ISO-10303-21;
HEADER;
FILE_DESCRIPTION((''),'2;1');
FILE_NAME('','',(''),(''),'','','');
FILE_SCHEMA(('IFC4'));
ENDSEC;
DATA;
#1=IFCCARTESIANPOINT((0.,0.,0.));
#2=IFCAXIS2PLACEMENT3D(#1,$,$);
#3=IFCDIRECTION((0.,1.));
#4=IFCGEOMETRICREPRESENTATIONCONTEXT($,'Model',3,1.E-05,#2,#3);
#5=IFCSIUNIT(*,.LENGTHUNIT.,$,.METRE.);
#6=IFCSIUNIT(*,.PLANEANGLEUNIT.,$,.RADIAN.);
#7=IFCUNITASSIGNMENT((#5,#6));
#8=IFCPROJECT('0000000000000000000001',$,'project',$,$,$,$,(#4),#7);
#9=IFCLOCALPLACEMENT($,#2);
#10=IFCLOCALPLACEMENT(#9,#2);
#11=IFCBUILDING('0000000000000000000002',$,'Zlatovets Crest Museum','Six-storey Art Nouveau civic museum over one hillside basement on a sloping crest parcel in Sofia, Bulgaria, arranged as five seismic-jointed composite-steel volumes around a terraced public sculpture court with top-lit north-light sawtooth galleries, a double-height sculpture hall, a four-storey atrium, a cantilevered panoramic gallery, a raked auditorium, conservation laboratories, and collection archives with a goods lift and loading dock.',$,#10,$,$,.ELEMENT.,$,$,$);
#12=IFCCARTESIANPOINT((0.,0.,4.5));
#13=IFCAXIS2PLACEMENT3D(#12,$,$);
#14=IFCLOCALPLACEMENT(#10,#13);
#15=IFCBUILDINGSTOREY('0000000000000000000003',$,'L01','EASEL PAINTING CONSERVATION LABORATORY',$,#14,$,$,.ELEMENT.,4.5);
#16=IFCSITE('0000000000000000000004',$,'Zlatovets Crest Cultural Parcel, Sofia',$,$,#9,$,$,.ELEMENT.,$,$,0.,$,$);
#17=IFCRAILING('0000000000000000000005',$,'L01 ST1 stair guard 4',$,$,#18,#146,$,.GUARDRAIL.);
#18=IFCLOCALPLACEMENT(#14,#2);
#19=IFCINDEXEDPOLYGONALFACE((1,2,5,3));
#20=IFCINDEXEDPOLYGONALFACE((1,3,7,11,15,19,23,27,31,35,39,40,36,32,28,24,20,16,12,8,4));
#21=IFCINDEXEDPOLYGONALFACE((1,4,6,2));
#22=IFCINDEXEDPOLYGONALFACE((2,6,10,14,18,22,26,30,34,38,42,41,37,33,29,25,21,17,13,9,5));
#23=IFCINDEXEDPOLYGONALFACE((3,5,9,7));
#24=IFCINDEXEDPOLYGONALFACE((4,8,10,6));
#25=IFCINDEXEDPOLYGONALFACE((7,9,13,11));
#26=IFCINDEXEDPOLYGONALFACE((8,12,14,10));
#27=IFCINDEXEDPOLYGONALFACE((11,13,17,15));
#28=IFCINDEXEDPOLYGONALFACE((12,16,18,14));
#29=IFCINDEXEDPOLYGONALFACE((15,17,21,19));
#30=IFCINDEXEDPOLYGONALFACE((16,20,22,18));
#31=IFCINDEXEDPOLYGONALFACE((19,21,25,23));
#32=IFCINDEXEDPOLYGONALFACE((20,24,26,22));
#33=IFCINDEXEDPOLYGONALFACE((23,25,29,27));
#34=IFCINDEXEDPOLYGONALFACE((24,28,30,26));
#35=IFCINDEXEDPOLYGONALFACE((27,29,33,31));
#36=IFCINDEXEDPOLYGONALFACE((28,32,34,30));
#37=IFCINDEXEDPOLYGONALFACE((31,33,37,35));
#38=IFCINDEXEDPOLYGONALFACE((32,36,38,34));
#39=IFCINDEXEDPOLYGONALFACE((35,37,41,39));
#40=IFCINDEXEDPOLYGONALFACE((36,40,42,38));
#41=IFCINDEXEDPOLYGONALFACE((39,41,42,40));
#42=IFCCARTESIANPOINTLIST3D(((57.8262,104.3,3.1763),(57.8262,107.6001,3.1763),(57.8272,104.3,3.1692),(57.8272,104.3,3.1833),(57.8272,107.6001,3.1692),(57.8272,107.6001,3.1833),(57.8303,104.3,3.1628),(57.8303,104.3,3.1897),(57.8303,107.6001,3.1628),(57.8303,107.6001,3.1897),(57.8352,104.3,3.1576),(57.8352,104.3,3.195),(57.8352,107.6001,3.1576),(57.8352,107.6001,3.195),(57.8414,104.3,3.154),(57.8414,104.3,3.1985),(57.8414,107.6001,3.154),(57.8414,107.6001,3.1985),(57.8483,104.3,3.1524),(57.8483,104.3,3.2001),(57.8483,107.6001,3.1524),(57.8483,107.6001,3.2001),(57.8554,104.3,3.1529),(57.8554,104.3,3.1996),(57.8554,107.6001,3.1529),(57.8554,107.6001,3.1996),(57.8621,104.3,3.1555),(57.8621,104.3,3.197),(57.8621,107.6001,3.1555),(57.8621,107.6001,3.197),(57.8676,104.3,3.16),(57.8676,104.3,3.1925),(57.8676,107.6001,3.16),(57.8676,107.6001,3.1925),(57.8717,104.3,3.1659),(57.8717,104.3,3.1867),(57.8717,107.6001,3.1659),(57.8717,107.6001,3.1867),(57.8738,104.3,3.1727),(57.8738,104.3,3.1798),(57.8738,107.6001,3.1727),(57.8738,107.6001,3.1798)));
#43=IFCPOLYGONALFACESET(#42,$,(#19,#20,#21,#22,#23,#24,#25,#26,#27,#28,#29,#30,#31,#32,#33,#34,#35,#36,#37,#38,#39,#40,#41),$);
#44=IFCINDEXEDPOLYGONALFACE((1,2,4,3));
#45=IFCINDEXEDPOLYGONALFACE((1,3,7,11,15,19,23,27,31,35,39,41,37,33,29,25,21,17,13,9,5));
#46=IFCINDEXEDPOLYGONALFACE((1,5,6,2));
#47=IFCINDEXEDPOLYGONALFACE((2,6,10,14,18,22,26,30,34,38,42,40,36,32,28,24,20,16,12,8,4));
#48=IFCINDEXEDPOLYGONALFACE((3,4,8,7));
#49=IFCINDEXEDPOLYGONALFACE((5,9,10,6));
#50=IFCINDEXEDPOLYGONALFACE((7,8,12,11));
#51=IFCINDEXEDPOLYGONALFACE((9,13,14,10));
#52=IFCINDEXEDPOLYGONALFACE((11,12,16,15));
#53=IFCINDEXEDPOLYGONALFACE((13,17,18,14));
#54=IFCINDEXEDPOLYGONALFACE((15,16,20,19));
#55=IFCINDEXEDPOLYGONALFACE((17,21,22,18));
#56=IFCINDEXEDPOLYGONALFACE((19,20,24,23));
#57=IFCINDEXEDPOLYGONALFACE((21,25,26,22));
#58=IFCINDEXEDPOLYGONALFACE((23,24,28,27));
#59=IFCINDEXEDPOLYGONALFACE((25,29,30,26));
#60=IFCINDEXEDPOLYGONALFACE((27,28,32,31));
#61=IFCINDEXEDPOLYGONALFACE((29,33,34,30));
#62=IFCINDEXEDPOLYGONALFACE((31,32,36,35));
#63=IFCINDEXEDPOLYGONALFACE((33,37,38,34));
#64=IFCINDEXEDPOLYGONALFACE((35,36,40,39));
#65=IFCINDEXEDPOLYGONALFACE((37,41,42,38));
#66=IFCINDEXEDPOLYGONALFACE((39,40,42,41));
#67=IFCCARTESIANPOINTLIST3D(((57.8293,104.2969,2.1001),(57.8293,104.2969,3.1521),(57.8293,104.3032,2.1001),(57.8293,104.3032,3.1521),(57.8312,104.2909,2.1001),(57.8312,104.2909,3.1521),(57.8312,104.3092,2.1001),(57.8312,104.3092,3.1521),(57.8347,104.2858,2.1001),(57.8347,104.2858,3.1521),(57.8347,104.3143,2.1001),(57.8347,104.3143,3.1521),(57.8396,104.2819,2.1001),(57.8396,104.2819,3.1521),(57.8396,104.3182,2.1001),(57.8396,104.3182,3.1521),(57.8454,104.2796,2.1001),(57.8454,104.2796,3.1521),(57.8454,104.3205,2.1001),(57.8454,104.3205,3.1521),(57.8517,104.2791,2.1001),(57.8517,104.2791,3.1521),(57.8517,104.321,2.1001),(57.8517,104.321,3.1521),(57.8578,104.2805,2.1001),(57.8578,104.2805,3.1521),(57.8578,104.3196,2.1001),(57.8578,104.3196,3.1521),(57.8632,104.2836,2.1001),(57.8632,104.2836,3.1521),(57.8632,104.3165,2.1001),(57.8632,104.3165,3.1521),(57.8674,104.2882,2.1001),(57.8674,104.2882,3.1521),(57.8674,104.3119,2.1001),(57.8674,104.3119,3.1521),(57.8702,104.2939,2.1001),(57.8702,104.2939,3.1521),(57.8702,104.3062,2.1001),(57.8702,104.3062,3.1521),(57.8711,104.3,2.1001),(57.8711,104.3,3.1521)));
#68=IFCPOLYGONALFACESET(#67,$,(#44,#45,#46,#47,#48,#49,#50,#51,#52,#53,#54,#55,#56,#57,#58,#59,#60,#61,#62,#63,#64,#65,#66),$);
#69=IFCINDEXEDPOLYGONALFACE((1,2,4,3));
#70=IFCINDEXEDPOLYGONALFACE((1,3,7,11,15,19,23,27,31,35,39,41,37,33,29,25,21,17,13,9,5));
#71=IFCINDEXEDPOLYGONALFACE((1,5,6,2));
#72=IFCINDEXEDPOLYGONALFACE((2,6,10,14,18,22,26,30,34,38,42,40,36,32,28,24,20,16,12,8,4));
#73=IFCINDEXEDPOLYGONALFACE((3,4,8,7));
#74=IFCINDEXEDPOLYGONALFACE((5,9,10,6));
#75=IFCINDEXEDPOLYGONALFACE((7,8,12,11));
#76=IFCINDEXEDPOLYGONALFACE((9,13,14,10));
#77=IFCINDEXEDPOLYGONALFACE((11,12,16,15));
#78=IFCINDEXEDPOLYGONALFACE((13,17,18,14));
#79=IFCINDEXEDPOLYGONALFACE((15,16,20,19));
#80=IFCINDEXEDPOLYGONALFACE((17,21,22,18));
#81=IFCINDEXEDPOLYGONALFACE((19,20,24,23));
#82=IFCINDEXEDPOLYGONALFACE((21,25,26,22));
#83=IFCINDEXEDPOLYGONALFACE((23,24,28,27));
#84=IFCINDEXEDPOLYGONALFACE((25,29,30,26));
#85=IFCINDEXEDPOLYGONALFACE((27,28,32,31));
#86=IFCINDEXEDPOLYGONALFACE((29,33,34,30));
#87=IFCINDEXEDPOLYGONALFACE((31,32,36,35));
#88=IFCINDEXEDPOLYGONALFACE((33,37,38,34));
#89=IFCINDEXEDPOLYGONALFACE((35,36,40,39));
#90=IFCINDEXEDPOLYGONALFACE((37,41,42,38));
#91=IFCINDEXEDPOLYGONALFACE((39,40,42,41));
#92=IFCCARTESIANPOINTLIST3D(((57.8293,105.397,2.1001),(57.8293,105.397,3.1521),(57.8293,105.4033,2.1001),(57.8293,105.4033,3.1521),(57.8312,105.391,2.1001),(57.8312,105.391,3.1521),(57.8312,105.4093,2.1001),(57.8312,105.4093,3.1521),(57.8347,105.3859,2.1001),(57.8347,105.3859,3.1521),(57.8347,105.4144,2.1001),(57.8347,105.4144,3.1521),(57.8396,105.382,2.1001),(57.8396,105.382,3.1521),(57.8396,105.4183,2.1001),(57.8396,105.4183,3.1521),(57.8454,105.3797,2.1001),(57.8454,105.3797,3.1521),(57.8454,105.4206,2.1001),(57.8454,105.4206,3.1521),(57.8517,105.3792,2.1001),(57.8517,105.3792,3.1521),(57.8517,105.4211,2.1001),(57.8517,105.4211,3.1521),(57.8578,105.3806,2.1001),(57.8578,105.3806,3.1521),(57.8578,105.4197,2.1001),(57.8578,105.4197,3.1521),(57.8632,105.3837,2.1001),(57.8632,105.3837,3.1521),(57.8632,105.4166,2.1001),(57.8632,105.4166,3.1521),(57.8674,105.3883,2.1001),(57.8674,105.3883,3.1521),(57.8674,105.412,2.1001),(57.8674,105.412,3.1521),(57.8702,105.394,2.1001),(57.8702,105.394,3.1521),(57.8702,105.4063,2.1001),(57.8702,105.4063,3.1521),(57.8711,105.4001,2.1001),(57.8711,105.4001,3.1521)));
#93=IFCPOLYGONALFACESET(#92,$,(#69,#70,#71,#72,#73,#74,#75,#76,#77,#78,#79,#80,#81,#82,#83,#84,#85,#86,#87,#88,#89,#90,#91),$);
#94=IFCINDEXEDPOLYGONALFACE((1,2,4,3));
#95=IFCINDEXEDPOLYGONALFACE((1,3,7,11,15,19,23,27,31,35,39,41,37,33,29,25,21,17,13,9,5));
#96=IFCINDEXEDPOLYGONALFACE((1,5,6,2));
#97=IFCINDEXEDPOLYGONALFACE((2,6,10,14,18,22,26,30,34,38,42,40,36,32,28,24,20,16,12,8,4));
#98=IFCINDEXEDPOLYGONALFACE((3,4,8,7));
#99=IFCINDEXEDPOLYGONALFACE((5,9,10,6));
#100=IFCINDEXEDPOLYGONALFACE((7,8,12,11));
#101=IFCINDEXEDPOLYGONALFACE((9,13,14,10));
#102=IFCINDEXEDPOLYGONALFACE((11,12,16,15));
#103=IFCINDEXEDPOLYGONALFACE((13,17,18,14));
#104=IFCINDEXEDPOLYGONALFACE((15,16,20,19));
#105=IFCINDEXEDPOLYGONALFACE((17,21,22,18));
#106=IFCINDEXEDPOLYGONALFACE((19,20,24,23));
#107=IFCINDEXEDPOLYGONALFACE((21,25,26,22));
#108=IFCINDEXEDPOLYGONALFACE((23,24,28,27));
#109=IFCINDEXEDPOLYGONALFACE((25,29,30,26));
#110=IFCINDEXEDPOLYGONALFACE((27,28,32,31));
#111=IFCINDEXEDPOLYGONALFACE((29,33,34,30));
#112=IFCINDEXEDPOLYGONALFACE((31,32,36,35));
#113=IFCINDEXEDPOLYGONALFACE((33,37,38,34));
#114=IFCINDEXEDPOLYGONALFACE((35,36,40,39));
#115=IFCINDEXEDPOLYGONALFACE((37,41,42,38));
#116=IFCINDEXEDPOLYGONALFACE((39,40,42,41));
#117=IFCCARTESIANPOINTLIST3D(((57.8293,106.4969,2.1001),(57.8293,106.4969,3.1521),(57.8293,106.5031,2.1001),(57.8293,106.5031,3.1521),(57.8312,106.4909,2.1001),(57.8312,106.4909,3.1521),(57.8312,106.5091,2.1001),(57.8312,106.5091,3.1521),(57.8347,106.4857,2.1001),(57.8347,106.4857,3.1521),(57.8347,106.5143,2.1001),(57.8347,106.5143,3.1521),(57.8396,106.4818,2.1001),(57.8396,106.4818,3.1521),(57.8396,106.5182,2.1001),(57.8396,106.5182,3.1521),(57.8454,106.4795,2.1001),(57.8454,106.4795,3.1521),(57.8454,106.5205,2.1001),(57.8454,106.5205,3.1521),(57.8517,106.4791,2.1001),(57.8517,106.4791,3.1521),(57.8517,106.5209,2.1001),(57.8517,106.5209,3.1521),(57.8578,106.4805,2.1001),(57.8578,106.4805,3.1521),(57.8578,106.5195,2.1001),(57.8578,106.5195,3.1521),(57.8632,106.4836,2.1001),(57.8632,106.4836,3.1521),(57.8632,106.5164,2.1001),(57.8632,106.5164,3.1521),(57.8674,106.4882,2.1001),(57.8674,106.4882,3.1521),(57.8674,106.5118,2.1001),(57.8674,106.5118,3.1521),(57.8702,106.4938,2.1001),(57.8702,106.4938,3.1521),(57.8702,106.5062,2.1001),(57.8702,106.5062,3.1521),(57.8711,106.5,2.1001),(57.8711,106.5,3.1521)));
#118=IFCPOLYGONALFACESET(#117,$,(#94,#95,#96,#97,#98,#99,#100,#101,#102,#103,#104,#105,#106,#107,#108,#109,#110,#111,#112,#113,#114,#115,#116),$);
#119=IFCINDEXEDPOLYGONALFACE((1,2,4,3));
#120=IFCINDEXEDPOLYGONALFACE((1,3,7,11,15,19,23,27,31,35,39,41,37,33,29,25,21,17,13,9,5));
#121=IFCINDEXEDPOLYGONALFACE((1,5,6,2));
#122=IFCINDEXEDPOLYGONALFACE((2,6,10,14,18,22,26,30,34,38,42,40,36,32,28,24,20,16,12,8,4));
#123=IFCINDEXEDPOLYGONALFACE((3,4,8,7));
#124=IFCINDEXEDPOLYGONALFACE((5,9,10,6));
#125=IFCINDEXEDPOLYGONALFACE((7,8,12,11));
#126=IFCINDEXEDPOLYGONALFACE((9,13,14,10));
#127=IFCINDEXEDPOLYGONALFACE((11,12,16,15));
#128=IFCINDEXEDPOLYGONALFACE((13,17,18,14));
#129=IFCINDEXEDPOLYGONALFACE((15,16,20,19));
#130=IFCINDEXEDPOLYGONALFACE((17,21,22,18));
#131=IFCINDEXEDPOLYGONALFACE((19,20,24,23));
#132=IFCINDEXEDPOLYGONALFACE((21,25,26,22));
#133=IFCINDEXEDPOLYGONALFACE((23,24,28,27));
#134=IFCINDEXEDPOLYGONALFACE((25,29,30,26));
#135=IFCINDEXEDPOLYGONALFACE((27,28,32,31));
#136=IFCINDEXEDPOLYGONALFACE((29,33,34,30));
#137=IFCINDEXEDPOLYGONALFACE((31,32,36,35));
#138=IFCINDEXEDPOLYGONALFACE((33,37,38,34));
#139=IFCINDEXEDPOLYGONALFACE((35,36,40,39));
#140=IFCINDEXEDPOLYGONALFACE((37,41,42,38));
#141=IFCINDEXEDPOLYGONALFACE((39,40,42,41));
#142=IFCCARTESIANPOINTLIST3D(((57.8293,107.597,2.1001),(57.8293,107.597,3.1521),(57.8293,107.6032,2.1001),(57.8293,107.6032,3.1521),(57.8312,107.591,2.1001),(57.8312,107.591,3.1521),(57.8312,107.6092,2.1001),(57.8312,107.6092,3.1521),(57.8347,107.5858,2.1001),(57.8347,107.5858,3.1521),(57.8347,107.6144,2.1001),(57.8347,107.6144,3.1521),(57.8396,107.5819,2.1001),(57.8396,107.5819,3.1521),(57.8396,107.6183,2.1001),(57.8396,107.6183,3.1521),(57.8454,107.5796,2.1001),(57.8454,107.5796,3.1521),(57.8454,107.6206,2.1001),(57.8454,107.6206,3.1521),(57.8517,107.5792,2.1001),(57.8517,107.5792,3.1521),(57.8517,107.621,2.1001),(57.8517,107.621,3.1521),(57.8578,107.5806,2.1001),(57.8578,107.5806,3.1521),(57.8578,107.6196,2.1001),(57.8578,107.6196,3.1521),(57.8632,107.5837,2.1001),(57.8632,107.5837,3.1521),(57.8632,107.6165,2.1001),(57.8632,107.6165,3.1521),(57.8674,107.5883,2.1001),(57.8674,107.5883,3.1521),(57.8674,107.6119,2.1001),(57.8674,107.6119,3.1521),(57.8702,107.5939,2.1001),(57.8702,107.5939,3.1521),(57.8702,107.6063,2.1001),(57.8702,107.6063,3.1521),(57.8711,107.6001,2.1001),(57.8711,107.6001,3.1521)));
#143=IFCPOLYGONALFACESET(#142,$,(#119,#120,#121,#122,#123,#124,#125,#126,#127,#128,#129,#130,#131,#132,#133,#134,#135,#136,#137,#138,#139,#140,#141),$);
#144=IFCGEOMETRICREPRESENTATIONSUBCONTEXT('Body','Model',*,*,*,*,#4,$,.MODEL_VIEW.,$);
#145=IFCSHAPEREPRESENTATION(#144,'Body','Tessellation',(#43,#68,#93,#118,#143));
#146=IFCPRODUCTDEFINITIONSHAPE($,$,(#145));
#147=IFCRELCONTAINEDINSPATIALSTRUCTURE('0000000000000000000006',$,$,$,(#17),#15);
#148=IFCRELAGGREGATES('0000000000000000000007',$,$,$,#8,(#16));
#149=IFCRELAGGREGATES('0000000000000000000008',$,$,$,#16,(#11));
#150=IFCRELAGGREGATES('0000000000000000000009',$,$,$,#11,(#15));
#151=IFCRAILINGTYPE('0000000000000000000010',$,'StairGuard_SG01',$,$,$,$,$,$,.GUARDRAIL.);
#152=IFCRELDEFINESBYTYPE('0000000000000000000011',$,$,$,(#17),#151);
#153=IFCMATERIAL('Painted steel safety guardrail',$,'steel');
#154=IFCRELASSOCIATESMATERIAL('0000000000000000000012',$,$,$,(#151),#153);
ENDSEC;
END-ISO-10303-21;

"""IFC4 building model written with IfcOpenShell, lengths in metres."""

from ifc_helpers import new_model, si_unit, direction, frame, origin, origin_2d, place, context, subcontext, project, spatial, circle, extrude, material, type_object, element, save


model = new_model("IFC4")

# Units and contexts
model_context = context("Model", 3, precision=1e-05, world=origin(), true_north=direction((0.0, 1.0)))
body_context = subcontext(model_context, "Body", "Model", "MODEL_VIEW")
ifc_project = project(units=[si_unit("LENGTHUNIT", "METRE"), si_unit("PLANEANGLEUNIT", "RADIAN")], contexts=[model_context])

# Site, building, storey
site_placement = place(None, origin())
site = spatial("IfcSite", under=ifc_project, at=site_placement, Name="Zlatovets Crest Cultural Parcel, Sofia", CompositionType="ELEMENT", RefElevation=0.0)
building_placement = place(site_placement, origin())
building = spatial("IfcBuilding", under=site, at=building_placement, Name="Zlatovets Crest Museum", Description="Six-storey Art Nouveau civic museum over one hillside basement on a sloping crest parcel in Sofia, Bulgaria, arranged as five seismic-jointed composite-steel volumes around a terraced public sculpture court with top-lit north-light sawtooth galleries, a double-height sculpture hall, a four-storey atrium, a cantilevered panoramic gallery, a raked auditorium, conservation laboratories, and collection archives with a goods lift and loading dock.", CompositionType="ELEMENT")
storey_placement = place(building_placement, frame((0.0, 0.0, 4.5)))
storey = spatial("IfcBuildingStorey", under=building, at=storey_placement, Name="L01", Description="EASEL PAINTING CONSERVATION LABORATORY", CompositionType="ELEMENT", Elevation=4.5)

# Railing
ifc_material_1 = material(Name="Painted steel safety guardrail", Category="steel")
railing_type_1 = type_object("IfcRailingType", Name="StairGuard_SG01", PredefinedType="GUARDRAIL", material=ifc_material_1)
for number, where, name in (
    (1, (57.8501, 104.3, 2.1001), "L01 ST1 stair guard 4"),
):
    element("IfcRailing", number, at=place(storey_placement, frame(where)), inside=storey, type_object=railing_type_1, Name=name, PredefinedType="GUARDRAIL", context=body_context, shape_type="SweptSolid", body=[
        extrude(circle(Radius=0.0239, at=origin_2d()), frame((0.0, 0.0, 1.0762), z_axis=(0.0, 1.0, 0.0), x_axis=(-1.0, 0.0, 0.0)), (0.0, 0.0, 1.0), 3.3),
        extrude(circle(Radius=0.021, at=origin_2d()), origin(), (0.0, 0.0, 1.0), 1.052),
        extrude(circle(Radius=0.021, at=origin_2d()), frame((0.0, 1.1001, 0.0)), (0.0, 0.0, 1.0), 1.052),
        extrude(circle(Radius=0.021, at=origin_2d()), frame((0.0, 2.2, 0.0)), (0.0, 0.0, 1.0), 1.052),
        extrude(circle(Radius=0.021, at=origin_2d()), frame((0.0, 3.3, 0.0)), (0.0, 0.0, 1.0), 1.052),
    ])

save(model, "model.ifc")
